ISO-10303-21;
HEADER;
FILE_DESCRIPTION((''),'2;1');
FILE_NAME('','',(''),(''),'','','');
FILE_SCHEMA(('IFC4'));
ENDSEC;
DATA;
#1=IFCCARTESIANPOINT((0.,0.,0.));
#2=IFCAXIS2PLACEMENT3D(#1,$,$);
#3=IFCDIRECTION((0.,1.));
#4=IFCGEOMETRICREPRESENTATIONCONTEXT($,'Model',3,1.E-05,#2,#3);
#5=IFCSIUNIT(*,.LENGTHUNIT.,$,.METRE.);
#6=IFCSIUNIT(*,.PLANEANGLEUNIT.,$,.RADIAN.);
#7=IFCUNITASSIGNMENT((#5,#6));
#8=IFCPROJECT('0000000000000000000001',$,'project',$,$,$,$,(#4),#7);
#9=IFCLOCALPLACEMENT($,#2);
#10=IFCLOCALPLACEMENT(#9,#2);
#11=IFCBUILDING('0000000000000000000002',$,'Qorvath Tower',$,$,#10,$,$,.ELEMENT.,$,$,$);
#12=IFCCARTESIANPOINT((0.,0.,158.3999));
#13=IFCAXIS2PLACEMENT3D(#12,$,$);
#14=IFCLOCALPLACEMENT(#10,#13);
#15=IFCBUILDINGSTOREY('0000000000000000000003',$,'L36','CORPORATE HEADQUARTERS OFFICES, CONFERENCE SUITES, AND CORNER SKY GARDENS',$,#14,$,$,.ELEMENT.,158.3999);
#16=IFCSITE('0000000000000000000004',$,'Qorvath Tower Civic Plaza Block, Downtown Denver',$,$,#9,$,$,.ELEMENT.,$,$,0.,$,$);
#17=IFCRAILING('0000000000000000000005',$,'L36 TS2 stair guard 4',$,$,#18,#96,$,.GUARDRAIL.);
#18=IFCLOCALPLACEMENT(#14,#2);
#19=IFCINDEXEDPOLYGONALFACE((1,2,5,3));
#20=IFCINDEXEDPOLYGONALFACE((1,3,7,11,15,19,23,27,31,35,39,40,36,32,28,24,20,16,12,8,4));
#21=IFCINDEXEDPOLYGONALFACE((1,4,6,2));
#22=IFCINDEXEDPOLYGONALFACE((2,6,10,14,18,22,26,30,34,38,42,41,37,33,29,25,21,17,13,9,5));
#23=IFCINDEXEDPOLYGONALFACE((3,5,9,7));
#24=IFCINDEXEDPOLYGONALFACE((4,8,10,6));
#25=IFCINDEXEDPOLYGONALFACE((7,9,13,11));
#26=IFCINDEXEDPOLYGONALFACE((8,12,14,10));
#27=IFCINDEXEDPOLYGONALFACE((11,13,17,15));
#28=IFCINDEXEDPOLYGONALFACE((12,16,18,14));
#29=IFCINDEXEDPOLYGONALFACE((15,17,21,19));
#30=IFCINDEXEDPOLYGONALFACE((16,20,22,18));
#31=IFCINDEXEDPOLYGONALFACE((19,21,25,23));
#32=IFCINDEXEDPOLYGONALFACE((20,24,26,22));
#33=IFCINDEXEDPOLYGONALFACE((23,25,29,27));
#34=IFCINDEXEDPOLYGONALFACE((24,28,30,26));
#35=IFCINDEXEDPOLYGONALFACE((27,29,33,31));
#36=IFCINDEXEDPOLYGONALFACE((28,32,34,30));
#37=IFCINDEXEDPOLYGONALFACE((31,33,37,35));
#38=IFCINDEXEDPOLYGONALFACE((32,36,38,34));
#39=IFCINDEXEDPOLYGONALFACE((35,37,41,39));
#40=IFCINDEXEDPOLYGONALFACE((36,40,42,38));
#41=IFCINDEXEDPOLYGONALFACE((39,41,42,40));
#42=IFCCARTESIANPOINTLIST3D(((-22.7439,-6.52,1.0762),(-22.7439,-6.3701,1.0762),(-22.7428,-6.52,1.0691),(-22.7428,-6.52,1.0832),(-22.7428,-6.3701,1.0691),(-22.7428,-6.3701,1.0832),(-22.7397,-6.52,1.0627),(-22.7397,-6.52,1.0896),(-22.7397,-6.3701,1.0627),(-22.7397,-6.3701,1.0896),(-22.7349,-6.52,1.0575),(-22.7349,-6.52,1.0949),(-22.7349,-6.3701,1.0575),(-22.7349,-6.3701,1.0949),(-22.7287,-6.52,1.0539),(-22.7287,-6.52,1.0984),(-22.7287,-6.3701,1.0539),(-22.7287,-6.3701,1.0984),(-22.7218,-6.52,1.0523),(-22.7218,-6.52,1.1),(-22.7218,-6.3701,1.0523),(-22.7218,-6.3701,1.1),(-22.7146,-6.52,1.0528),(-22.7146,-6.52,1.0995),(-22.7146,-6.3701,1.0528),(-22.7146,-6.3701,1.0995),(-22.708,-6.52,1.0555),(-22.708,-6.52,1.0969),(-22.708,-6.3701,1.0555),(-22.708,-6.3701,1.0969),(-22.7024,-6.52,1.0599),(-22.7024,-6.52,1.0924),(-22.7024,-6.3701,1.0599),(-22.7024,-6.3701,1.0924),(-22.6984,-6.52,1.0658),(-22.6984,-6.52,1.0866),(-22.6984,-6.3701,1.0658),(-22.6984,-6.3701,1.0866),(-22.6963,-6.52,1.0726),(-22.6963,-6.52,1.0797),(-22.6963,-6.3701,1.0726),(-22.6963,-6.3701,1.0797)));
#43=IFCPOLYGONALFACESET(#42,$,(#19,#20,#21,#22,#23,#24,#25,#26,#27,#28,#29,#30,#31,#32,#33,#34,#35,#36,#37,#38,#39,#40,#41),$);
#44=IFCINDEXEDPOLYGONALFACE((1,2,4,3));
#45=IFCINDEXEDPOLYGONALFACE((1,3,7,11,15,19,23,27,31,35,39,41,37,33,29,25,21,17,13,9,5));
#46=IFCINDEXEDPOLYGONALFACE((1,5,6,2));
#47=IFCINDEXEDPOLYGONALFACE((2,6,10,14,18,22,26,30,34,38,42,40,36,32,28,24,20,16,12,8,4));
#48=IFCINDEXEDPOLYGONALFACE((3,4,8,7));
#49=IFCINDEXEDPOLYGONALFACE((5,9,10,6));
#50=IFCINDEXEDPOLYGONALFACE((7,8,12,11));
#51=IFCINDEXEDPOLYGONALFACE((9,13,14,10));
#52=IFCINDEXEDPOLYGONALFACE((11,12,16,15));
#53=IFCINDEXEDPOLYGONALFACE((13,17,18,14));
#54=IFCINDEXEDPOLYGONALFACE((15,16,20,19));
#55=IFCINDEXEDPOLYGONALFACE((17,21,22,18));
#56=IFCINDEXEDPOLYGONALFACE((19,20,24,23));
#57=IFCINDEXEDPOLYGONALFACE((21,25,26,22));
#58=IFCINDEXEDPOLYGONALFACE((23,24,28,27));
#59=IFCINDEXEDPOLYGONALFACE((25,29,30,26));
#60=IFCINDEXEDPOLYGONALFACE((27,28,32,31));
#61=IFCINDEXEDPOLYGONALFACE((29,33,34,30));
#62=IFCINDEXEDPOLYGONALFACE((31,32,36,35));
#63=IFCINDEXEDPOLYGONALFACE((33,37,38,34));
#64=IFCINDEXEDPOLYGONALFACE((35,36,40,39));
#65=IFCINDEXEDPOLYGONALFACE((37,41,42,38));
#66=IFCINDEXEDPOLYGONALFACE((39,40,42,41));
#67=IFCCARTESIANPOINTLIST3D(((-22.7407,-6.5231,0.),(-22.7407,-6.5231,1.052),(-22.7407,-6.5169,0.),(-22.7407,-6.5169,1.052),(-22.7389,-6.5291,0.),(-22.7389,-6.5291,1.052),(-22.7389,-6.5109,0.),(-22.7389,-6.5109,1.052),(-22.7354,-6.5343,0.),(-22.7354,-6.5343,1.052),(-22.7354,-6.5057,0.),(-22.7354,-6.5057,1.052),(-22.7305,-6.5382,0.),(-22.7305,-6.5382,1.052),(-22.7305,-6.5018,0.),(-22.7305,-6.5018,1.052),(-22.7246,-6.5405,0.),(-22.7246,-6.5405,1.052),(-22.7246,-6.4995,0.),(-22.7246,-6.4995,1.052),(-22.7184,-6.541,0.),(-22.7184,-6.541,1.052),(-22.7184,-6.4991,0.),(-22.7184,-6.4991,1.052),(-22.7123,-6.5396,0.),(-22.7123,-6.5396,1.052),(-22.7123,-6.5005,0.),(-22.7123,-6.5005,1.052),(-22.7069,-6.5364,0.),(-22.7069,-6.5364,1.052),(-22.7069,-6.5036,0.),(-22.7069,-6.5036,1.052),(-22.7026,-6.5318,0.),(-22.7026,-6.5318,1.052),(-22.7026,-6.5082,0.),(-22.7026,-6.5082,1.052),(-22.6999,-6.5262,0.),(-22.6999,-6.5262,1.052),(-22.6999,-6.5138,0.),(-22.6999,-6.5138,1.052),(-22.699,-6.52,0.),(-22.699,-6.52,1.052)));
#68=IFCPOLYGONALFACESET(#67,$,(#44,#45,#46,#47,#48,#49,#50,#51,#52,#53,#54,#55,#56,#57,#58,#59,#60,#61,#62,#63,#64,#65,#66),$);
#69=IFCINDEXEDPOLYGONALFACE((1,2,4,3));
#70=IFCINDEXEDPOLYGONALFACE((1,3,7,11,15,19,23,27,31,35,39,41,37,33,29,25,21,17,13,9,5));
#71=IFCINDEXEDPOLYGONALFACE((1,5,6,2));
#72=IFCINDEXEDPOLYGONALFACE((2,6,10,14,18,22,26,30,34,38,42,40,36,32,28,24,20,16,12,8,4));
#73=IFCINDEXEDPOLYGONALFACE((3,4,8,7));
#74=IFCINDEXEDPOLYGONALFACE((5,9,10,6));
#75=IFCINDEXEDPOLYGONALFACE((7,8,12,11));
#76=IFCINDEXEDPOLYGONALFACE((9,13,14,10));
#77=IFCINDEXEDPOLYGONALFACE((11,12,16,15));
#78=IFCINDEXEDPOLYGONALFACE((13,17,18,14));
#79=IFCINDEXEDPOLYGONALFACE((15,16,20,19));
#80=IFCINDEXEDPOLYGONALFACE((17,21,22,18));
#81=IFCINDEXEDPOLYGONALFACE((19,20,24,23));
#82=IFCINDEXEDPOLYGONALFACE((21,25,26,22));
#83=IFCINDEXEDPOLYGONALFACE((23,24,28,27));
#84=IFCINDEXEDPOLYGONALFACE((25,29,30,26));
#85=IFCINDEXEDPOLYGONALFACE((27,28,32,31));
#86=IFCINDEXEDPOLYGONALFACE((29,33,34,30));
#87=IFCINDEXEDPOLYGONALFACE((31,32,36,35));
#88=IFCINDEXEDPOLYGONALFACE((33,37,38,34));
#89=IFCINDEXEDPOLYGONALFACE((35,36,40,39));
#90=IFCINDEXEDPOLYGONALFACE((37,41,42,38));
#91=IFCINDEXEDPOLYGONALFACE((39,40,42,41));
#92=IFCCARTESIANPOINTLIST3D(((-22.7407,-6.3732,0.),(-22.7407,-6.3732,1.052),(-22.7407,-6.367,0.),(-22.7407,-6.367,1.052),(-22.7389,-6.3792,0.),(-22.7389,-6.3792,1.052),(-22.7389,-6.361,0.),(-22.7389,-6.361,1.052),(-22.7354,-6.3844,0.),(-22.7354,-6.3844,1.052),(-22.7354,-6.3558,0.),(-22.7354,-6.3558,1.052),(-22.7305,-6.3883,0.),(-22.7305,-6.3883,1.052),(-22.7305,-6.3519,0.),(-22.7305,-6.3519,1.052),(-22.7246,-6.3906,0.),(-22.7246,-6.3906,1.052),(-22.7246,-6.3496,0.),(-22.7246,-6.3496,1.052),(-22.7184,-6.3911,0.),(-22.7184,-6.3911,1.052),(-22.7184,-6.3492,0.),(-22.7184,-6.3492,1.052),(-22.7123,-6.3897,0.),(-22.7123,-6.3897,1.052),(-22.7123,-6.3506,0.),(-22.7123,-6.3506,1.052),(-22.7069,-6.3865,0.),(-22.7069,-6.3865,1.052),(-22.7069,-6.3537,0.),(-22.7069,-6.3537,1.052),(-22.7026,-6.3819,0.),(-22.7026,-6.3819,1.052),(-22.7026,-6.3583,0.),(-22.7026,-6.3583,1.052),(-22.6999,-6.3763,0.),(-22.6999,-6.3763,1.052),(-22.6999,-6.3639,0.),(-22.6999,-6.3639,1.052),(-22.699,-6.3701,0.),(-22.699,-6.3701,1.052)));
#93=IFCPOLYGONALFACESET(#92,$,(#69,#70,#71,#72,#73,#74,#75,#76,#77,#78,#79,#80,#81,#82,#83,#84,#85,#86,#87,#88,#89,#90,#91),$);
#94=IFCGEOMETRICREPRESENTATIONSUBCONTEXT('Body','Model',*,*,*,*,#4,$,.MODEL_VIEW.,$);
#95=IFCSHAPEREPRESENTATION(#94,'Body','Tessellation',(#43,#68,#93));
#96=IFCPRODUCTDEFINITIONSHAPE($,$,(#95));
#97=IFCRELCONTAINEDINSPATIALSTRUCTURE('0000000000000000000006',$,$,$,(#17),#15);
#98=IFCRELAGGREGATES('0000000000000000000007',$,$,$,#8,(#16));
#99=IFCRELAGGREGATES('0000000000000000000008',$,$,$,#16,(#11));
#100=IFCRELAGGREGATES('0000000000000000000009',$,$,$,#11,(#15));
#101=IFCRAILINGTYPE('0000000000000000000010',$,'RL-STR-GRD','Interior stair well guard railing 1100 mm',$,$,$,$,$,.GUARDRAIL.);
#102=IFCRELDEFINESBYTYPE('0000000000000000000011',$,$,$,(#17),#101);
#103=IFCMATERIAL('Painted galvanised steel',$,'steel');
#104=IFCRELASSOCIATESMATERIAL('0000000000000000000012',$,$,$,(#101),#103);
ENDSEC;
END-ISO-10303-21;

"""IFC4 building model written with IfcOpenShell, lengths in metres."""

from ifc_helpers import new_model, si_unit, direction, frame, origin, origin_2d, place, context, subcontext, project, spatial, circle, extrude, material, type_object, element, save


model = new_model("IFC4")

# Units and contexts
model_context = context("Model", 3, precision=1e-05, world=origin(), true_north=direction((0.0, 1.0)))
body_context = subcontext(model_context, "Body", "Model", "MODEL_VIEW")
ifc_project = project(units=[si_unit("LENGTHUNIT", "METRE"), si_unit("PLANEANGLEUNIT", "RADIAN")], contexts=[model_context])

# Site, building, storey
site_placement = place(None, origin())
site = spatial("IfcSite", under=ifc_project, at=site_placement, Name="Qorvath Tower Civic Plaza Block, Downtown Denver", CompositionType="ELEMENT", RefElevation=0.0)
building_placement = place(site_placement, origin())
building = spatial("IfcBuilding", under=site, at=building_placement, Name="Qorvath Tower", CompositionType="ELEMENT")
storey_placement = place(building_placement, frame((0.0, 0.0, 158.3999)))
storey = spatial("IfcBuildingStorey", under=building, at=storey_placement, Name="L36", Description="CORPORATE HEADQUARTERS OFFICES, CONFERENCE SUITES, AND CORNER SKY GARDENS", CompositionType="ELEMENT", Elevation=158.3999)

# Railing
ifc_material_1 = material(Name="Painted galvanised steel", Category="steel")
railing_type_1 = type_object("IfcRailingType", Name="RL-STR-GRD", Description="Interior stair well guard railing 1100 mm", PredefinedType="GUARDRAIL", material=ifc_material_1)
railing_1_placement = place(storey_placement, frame((-22.72, -6.52, 0.0)))
element("IfcRailing", 1, at=railing_1_placement, inside=storey, type_object=railing_type_1, Name="L36 TS2 stair guard 4", PredefinedType="GUARDRAIL", context=body_context, shape_type="SweptSolid", body=[
    extrude(circle(Radius=0.0239, at=origin_2d()), frame((0.0, 0.0, 1.0762), z_axis=(0.0, 1.0, 0.0), x_axis=(-1.0, 0.0, 0.0)), (0.0, 0.0, 1.0), 0.1499),
    extrude(circle(Radius=0.021, at=origin_2d()), origin(), (0.0, 0.0, 1.0), 1.052),
    extrude(circle(Radius=0.021, at=origin_2d()), frame((0.0, 0.1499, 0.0)), (0.0, 0.0, 1.0), 1.052),
])

save(model, "model.ifc")
